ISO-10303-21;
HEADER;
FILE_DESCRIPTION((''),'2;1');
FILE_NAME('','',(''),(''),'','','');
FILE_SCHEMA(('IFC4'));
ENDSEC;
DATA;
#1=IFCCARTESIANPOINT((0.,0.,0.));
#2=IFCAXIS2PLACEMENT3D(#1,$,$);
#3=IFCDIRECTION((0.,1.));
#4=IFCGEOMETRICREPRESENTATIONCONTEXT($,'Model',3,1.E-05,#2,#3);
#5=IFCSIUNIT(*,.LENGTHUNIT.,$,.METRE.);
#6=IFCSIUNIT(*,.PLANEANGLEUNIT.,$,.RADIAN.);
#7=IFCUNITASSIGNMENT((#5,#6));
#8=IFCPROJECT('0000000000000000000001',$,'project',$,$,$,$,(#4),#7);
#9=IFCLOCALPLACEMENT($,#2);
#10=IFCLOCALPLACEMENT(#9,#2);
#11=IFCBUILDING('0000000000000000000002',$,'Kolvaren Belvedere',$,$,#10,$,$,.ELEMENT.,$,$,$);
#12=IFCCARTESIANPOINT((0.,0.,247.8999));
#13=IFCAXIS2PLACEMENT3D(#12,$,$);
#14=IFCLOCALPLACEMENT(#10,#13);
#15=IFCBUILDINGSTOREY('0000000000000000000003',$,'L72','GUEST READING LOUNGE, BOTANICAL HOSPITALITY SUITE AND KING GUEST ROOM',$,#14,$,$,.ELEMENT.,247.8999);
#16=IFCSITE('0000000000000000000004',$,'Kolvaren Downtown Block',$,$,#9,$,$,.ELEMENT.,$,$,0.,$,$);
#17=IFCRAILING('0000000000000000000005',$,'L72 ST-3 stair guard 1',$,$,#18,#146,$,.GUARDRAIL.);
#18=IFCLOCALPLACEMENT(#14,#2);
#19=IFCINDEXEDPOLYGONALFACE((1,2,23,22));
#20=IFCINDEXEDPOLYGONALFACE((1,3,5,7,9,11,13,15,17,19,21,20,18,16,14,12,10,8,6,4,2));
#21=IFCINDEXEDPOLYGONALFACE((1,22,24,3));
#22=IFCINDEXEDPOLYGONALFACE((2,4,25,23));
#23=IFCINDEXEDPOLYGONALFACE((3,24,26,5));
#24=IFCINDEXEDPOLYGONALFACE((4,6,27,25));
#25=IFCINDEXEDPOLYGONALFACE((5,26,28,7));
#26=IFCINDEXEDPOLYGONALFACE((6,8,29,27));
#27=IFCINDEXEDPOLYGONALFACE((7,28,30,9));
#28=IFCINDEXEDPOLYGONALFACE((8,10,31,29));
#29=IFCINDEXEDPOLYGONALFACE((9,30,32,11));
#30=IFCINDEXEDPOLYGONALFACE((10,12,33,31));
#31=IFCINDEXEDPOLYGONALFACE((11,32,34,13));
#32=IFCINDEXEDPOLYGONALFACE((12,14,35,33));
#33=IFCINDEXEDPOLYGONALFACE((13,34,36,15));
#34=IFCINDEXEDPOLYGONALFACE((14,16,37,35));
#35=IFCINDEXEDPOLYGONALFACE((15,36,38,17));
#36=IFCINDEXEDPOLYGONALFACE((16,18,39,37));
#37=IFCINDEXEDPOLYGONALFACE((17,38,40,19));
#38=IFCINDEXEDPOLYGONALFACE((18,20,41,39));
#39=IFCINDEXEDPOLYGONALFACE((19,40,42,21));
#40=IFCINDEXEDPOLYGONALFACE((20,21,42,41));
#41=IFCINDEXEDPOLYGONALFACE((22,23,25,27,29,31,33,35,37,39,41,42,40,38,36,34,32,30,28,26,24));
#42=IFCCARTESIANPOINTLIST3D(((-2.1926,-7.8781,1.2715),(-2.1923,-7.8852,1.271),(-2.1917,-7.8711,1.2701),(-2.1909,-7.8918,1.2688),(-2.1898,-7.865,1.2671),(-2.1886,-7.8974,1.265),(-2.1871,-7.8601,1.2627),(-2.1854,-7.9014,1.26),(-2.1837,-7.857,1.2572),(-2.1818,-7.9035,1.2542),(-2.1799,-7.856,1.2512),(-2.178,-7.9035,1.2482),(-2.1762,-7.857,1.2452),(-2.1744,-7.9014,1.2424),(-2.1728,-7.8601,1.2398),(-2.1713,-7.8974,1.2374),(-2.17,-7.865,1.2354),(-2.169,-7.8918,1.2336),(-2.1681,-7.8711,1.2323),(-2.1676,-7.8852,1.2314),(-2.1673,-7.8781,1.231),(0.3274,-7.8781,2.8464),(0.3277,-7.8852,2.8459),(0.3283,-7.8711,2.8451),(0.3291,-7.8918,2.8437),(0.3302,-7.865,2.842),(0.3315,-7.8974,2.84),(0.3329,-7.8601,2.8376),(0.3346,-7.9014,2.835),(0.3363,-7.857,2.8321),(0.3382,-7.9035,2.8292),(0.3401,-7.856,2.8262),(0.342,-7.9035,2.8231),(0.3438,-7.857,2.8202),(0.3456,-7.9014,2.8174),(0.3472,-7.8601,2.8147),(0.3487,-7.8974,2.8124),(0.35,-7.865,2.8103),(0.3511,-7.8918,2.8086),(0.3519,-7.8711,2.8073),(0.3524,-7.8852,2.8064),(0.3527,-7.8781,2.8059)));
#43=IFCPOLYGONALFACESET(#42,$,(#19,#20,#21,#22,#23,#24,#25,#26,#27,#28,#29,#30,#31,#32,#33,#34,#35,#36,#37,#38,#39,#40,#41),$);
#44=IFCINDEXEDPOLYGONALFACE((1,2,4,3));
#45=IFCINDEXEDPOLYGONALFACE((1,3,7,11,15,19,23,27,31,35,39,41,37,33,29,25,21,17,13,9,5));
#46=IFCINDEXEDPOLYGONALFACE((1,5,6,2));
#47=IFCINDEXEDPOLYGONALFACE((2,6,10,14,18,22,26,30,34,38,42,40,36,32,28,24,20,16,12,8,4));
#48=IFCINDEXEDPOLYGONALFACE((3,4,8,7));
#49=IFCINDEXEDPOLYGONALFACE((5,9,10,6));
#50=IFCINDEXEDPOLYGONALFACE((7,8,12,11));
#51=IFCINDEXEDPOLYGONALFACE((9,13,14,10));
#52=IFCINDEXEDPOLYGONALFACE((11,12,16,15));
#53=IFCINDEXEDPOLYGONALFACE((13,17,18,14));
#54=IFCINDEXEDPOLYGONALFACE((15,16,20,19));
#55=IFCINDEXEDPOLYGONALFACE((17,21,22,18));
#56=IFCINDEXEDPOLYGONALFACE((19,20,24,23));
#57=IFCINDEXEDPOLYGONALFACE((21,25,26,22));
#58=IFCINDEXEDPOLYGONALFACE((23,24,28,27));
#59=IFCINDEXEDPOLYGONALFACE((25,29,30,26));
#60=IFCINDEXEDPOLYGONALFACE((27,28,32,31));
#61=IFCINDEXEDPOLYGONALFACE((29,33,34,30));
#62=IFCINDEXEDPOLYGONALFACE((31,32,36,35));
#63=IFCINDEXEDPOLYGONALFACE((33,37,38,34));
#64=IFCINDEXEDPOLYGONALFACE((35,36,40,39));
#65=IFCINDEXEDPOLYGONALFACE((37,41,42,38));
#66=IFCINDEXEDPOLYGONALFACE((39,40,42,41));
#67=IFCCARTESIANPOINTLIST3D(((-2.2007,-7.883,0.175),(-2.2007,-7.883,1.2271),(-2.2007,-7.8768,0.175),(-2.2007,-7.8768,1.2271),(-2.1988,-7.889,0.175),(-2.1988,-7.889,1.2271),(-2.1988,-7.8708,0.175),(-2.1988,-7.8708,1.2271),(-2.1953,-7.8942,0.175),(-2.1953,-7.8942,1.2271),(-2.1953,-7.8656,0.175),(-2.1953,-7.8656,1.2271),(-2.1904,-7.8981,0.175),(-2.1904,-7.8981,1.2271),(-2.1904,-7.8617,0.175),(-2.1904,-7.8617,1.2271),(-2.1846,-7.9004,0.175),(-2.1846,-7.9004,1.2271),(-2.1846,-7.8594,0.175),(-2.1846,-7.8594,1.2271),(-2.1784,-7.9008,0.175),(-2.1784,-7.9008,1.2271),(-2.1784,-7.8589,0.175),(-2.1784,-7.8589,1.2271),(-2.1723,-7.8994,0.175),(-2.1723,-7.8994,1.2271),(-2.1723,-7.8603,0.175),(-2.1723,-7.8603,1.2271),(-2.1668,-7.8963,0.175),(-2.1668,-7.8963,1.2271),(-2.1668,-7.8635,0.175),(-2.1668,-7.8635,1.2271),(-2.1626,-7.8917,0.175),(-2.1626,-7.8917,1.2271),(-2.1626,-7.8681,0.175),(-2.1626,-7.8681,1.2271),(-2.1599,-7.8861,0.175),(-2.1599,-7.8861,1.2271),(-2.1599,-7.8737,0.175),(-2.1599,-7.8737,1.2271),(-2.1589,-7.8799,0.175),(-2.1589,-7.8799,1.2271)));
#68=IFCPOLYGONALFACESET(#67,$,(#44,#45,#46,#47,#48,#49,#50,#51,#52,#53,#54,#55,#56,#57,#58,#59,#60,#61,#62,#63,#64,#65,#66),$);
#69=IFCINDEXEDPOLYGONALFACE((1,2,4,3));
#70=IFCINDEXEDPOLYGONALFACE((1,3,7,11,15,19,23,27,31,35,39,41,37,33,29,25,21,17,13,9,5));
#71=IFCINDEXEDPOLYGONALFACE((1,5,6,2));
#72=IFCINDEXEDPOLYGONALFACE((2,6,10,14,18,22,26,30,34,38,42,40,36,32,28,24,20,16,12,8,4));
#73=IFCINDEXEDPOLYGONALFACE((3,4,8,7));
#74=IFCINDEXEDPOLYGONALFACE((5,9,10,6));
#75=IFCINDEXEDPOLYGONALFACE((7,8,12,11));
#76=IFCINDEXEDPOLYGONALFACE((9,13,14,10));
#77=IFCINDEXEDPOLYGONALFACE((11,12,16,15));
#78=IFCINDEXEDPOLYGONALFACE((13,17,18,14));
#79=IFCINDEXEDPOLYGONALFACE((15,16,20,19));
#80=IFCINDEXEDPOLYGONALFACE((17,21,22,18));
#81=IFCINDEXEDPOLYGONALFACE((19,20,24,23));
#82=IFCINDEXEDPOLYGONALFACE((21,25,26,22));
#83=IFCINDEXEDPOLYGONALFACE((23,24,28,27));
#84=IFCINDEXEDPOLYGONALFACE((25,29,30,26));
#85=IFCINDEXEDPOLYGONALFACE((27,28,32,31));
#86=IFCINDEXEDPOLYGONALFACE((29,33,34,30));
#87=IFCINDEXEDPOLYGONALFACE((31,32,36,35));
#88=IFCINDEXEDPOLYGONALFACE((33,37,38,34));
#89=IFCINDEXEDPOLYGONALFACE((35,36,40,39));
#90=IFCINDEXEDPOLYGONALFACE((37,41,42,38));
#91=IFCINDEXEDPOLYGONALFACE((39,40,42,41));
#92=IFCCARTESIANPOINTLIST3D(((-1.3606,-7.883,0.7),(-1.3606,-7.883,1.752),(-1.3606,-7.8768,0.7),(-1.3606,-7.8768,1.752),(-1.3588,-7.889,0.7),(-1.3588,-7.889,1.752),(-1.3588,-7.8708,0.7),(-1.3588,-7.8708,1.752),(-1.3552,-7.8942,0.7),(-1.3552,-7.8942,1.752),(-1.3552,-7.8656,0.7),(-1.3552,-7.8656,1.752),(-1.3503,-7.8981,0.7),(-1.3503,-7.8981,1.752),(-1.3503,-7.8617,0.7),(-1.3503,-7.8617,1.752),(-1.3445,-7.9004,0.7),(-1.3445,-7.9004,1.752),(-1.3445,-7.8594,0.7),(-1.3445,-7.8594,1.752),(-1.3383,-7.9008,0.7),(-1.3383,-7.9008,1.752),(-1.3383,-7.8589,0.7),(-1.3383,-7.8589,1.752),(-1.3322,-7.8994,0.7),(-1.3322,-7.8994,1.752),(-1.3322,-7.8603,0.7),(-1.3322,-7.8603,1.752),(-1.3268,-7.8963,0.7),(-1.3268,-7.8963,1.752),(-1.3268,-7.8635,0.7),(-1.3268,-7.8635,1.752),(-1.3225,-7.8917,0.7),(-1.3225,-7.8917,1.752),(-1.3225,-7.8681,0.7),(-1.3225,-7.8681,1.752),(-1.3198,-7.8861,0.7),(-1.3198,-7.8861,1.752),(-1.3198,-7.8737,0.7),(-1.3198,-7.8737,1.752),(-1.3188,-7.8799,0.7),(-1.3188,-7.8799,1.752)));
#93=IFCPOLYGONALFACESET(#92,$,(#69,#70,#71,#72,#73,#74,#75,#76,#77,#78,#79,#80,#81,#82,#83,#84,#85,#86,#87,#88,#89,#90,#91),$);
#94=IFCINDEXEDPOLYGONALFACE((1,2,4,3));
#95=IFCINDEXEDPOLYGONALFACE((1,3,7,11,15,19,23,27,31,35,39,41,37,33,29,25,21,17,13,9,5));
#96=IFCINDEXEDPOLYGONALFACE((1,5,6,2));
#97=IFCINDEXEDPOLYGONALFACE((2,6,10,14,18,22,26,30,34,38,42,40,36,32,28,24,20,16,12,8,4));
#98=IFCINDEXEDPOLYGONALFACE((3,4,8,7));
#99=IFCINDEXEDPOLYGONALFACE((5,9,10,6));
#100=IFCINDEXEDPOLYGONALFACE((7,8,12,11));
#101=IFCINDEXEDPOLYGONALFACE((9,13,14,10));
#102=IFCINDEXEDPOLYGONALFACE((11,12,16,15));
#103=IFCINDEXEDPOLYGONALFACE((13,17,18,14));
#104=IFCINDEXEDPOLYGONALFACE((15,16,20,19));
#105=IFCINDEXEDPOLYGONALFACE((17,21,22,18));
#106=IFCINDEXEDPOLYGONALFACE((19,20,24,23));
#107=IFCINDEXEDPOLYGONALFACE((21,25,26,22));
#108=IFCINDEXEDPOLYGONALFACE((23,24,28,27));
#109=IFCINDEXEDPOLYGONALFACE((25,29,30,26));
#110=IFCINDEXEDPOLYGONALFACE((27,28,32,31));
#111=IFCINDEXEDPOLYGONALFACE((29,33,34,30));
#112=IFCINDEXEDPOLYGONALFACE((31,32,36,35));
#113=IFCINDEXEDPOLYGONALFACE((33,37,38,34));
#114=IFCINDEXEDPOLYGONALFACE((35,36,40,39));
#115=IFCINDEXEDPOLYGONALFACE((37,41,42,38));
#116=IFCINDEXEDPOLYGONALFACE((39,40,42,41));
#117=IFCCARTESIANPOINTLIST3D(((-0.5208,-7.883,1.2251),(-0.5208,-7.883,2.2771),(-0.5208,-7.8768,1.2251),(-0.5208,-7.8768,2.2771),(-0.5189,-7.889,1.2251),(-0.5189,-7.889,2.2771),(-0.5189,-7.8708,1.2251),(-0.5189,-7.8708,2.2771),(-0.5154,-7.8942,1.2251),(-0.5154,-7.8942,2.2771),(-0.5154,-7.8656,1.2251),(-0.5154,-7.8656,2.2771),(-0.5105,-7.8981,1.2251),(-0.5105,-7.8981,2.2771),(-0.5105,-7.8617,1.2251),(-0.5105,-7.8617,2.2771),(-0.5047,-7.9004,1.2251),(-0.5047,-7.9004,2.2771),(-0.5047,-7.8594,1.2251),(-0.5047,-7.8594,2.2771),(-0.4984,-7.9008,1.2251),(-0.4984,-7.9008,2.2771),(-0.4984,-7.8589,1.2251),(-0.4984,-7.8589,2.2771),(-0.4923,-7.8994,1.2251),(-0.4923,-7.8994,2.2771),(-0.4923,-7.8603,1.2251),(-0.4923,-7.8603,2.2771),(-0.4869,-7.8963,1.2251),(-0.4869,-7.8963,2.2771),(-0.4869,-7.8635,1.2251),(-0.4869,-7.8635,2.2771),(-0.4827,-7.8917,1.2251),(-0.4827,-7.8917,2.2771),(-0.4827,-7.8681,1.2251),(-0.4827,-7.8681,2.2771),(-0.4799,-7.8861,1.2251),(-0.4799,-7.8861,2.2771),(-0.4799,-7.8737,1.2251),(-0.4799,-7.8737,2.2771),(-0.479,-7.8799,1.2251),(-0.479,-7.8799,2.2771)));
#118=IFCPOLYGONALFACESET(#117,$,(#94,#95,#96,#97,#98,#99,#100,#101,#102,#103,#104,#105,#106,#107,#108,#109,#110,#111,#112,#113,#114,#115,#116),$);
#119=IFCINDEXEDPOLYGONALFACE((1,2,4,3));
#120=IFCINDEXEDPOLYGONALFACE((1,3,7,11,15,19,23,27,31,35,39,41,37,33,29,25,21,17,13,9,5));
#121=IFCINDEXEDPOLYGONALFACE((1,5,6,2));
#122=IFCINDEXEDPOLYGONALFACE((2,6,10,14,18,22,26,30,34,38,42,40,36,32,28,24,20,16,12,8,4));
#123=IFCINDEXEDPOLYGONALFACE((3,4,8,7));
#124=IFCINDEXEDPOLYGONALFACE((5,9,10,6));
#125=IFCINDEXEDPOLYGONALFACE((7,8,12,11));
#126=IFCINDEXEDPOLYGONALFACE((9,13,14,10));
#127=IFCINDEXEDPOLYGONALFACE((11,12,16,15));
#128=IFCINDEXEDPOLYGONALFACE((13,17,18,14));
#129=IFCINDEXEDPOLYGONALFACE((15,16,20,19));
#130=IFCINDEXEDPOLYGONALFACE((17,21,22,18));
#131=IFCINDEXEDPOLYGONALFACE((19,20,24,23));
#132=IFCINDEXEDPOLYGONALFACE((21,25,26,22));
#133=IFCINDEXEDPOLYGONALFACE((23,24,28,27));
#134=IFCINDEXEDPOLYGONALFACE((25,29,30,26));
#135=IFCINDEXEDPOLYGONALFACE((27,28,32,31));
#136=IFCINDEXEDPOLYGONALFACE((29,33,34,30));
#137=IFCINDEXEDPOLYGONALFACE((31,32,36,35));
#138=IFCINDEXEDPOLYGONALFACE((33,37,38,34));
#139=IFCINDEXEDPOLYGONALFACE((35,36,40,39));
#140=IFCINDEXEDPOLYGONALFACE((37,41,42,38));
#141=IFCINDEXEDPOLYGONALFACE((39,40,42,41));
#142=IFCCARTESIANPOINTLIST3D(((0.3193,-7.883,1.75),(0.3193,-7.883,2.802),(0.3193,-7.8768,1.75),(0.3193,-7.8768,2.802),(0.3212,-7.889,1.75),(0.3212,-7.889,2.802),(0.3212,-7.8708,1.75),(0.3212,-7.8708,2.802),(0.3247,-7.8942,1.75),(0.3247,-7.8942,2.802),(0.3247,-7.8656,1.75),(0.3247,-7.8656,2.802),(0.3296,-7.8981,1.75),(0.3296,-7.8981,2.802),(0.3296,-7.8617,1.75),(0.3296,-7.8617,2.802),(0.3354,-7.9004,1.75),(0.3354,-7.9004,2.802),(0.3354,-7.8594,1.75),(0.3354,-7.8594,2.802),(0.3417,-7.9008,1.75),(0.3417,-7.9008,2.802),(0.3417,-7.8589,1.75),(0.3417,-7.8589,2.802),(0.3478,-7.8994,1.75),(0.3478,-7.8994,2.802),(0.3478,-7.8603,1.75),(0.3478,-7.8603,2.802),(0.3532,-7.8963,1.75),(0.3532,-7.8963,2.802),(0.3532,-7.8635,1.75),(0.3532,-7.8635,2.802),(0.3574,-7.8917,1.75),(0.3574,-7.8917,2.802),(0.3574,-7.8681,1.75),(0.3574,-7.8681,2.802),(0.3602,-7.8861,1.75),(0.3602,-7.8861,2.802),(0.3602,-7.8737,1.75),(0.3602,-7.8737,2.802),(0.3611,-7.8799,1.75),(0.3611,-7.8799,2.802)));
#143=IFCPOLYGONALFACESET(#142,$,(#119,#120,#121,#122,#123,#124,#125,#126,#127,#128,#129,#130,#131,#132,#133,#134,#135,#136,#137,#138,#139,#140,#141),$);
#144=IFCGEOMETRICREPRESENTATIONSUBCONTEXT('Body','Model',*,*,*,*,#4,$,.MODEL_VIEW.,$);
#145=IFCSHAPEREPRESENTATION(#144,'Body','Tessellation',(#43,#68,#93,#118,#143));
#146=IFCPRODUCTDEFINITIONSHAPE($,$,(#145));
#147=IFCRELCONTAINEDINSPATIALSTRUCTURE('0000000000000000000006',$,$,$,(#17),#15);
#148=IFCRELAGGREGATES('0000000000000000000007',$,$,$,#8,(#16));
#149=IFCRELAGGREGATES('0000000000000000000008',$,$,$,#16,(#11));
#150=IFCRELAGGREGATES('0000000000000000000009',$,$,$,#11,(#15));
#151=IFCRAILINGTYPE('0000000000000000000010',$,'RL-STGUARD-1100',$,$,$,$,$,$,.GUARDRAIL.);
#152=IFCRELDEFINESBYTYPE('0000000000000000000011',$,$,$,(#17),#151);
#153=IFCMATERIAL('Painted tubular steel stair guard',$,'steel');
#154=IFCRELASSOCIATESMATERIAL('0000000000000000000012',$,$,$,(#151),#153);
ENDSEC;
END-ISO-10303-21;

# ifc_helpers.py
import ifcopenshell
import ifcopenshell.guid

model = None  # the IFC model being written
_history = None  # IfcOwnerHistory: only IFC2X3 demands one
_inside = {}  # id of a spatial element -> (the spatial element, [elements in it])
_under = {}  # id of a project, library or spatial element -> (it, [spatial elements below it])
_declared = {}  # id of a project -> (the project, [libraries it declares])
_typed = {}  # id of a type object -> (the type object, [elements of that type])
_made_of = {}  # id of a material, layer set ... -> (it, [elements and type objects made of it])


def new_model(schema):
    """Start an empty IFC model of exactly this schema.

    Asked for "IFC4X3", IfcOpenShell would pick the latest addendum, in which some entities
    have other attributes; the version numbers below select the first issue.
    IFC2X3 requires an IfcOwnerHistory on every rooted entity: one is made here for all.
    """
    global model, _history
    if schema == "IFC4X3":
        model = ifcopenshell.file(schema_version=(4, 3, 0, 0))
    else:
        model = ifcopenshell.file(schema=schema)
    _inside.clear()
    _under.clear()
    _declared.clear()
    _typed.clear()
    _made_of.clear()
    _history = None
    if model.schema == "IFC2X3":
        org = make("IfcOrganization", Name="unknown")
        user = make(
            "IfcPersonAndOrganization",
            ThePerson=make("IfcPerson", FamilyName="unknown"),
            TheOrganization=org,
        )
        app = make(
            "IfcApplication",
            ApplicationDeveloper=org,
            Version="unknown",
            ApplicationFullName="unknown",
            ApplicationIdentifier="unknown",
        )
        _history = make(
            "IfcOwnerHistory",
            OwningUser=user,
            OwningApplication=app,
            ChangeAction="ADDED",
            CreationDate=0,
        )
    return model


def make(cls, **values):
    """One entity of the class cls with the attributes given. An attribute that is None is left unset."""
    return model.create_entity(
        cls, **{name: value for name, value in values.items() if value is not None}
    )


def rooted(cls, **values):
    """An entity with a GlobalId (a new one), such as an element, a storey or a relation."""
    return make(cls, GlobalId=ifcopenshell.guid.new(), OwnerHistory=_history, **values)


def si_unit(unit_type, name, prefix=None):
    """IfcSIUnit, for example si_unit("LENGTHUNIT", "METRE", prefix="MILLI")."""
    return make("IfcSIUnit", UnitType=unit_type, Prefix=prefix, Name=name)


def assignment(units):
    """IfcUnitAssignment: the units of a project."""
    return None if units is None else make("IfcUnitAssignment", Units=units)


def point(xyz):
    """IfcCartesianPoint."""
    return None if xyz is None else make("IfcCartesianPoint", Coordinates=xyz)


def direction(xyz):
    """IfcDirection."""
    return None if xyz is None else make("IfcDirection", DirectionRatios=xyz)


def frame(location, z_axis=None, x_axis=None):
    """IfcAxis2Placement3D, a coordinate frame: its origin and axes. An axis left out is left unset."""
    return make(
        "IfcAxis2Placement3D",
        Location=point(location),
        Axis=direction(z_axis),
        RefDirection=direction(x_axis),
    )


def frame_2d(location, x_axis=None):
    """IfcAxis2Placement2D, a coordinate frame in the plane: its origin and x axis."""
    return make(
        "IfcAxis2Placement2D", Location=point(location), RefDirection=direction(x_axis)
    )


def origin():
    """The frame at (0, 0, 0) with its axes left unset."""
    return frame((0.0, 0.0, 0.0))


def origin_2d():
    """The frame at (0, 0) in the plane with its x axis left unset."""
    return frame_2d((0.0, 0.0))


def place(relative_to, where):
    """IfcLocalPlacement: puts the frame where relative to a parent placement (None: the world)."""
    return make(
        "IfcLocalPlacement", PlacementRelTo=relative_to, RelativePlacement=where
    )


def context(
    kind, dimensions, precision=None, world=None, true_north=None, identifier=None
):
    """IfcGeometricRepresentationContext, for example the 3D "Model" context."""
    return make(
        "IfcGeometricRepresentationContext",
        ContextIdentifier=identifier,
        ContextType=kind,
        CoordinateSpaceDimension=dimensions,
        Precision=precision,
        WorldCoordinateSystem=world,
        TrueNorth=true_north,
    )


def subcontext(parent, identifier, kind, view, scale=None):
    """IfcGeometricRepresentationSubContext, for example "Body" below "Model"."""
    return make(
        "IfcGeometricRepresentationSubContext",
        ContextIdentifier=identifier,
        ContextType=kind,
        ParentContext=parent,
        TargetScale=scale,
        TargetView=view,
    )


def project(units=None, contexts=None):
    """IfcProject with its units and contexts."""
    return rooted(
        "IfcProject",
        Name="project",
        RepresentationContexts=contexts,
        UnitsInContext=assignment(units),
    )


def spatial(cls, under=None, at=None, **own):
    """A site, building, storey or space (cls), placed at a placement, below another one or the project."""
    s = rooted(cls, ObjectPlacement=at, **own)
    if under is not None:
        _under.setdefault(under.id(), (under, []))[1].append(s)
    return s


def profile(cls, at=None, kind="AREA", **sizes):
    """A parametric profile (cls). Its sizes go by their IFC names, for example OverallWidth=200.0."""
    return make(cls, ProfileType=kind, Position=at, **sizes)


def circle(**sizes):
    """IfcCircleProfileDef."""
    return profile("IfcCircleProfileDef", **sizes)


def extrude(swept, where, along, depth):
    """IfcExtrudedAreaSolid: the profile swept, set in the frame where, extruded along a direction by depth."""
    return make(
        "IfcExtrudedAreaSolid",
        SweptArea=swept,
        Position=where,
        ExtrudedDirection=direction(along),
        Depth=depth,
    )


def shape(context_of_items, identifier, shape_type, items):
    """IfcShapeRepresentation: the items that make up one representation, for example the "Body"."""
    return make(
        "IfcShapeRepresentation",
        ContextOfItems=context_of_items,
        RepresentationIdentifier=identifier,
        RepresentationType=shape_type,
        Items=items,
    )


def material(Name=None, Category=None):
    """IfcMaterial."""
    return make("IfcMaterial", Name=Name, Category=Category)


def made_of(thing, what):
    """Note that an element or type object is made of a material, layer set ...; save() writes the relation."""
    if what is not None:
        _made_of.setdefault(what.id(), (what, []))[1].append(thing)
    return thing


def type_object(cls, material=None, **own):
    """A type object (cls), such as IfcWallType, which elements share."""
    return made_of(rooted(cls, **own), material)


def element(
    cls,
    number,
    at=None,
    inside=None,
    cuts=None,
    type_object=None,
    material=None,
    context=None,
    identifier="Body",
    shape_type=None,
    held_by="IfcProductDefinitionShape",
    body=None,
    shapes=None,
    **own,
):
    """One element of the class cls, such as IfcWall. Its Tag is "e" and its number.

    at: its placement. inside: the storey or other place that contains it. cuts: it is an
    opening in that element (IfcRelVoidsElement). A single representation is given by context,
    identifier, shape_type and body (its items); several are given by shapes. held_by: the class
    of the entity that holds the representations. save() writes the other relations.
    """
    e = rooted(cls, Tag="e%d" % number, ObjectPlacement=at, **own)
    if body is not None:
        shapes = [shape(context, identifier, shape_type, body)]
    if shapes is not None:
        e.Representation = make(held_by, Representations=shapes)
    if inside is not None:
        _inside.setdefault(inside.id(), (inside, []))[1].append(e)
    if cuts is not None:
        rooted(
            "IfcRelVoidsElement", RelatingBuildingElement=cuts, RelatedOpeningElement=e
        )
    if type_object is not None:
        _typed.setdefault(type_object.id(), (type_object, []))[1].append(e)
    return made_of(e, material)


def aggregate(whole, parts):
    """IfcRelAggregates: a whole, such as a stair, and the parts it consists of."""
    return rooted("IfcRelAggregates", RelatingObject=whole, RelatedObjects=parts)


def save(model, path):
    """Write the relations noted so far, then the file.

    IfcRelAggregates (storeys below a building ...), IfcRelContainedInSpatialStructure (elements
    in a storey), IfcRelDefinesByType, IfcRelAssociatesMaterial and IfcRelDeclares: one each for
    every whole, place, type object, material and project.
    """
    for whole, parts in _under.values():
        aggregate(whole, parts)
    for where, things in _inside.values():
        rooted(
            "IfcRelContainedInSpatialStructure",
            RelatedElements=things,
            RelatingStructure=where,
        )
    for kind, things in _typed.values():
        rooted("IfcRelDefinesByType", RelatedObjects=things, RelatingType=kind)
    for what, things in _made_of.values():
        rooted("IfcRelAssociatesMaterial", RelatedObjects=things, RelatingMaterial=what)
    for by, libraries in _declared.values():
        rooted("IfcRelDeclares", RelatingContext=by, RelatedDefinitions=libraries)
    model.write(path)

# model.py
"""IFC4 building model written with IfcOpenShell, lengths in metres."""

from ifc_helpers import new_model, si_unit, direction, frame, origin, origin_2d, place, context, subcontext, project, spatial, circle, extrude, material, type_object, element, save


model = new_model("IFC4")

# Units and contexts
model_context = context("Model", 3, precision=1e-05, world=origin(), true_north=direction((0.0, 1.0)))
body_context = subcontext(model_context, "Body", "Model", "MODEL_VIEW")
ifc_project = project(units=[si_unit("LENGTHUNIT", "METRE"), si_unit("PLANEANGLEUNIT", "RADIAN")], contexts=[model_context])

# Site, building, storey
site_placement = place(None, origin())
site = spatial("IfcSite", under=ifc_project, at=site_placement, Name="Kolvaren Downtown Block", CompositionType="ELEMENT", RefElevation=0.0)
building_placement = place(site_placement, origin())
building = spatial("IfcBuilding", under=site, at=building_placement, Name="Kolvaren Belvedere", CompositionType="ELEMENT")
storey_placement = place(building_placement, frame((0.0, 0.0, 247.8999)))
storey = spatial("IfcBuildingStorey", under=building, at=storey_placement, Name="L72", Description="GUEST READING LOUNGE, BOTANICAL HOSPITALITY SUITE AND KING GUEST ROOM", CompositionType="ELEMENT", Elevation=247.8999)

# Railing
ifc_material_1 = material(Name="Painted tubular steel stair guard", Category="steel")
railing_type_1 = type_object("IfcRailingType", Name="RL-STGUARD-1100", PredefinedType="GUARDRAIL", material=ifc_material_1)
railing_1_placement = place(storey_placement, frame((-2.1799, -7.8799, 0.175)))
element("IfcRailing", 1, at=railing_1_placement, inside=storey, type_object=railing_type_1, Name="L72 ST-3 stair guard 1", PredefinedType="GUARDRAIL", context=body_context, shape_type="SweptSolid", body=[
    extrude(circle(Radius=0.0239, at=origin_2d()), frame((0.0, 0.0, 1.0762), z_axis=(0.848008, 0.0, 0.529984), x_axis=(0.0, 1.0, 0.0)), (0.0, 0.0, 1.0), 2.9717),
    extrude(circle(Radius=0.021, at=origin_2d()), origin(), (0.0, 0.0, 1.0), 1.052),
    extrude(circle(Radius=0.021, at=origin_2d()), frame((0.8401, 0.0, 0.5249)), (0.0, 0.0, 1.0), 1.052),
    extrude(circle(Radius=0.021, at=origin_2d()), frame((1.6799, 0.0, 1.05)), (0.0, 0.0, 1.0), 1.052),
    extrude(circle(Radius=0.021, at=origin_2d()), frame((2.52, 0.0, 1.575)), (0.0, 0.0, 1.0), 1.052),
])

save(model, "model.ifc")
